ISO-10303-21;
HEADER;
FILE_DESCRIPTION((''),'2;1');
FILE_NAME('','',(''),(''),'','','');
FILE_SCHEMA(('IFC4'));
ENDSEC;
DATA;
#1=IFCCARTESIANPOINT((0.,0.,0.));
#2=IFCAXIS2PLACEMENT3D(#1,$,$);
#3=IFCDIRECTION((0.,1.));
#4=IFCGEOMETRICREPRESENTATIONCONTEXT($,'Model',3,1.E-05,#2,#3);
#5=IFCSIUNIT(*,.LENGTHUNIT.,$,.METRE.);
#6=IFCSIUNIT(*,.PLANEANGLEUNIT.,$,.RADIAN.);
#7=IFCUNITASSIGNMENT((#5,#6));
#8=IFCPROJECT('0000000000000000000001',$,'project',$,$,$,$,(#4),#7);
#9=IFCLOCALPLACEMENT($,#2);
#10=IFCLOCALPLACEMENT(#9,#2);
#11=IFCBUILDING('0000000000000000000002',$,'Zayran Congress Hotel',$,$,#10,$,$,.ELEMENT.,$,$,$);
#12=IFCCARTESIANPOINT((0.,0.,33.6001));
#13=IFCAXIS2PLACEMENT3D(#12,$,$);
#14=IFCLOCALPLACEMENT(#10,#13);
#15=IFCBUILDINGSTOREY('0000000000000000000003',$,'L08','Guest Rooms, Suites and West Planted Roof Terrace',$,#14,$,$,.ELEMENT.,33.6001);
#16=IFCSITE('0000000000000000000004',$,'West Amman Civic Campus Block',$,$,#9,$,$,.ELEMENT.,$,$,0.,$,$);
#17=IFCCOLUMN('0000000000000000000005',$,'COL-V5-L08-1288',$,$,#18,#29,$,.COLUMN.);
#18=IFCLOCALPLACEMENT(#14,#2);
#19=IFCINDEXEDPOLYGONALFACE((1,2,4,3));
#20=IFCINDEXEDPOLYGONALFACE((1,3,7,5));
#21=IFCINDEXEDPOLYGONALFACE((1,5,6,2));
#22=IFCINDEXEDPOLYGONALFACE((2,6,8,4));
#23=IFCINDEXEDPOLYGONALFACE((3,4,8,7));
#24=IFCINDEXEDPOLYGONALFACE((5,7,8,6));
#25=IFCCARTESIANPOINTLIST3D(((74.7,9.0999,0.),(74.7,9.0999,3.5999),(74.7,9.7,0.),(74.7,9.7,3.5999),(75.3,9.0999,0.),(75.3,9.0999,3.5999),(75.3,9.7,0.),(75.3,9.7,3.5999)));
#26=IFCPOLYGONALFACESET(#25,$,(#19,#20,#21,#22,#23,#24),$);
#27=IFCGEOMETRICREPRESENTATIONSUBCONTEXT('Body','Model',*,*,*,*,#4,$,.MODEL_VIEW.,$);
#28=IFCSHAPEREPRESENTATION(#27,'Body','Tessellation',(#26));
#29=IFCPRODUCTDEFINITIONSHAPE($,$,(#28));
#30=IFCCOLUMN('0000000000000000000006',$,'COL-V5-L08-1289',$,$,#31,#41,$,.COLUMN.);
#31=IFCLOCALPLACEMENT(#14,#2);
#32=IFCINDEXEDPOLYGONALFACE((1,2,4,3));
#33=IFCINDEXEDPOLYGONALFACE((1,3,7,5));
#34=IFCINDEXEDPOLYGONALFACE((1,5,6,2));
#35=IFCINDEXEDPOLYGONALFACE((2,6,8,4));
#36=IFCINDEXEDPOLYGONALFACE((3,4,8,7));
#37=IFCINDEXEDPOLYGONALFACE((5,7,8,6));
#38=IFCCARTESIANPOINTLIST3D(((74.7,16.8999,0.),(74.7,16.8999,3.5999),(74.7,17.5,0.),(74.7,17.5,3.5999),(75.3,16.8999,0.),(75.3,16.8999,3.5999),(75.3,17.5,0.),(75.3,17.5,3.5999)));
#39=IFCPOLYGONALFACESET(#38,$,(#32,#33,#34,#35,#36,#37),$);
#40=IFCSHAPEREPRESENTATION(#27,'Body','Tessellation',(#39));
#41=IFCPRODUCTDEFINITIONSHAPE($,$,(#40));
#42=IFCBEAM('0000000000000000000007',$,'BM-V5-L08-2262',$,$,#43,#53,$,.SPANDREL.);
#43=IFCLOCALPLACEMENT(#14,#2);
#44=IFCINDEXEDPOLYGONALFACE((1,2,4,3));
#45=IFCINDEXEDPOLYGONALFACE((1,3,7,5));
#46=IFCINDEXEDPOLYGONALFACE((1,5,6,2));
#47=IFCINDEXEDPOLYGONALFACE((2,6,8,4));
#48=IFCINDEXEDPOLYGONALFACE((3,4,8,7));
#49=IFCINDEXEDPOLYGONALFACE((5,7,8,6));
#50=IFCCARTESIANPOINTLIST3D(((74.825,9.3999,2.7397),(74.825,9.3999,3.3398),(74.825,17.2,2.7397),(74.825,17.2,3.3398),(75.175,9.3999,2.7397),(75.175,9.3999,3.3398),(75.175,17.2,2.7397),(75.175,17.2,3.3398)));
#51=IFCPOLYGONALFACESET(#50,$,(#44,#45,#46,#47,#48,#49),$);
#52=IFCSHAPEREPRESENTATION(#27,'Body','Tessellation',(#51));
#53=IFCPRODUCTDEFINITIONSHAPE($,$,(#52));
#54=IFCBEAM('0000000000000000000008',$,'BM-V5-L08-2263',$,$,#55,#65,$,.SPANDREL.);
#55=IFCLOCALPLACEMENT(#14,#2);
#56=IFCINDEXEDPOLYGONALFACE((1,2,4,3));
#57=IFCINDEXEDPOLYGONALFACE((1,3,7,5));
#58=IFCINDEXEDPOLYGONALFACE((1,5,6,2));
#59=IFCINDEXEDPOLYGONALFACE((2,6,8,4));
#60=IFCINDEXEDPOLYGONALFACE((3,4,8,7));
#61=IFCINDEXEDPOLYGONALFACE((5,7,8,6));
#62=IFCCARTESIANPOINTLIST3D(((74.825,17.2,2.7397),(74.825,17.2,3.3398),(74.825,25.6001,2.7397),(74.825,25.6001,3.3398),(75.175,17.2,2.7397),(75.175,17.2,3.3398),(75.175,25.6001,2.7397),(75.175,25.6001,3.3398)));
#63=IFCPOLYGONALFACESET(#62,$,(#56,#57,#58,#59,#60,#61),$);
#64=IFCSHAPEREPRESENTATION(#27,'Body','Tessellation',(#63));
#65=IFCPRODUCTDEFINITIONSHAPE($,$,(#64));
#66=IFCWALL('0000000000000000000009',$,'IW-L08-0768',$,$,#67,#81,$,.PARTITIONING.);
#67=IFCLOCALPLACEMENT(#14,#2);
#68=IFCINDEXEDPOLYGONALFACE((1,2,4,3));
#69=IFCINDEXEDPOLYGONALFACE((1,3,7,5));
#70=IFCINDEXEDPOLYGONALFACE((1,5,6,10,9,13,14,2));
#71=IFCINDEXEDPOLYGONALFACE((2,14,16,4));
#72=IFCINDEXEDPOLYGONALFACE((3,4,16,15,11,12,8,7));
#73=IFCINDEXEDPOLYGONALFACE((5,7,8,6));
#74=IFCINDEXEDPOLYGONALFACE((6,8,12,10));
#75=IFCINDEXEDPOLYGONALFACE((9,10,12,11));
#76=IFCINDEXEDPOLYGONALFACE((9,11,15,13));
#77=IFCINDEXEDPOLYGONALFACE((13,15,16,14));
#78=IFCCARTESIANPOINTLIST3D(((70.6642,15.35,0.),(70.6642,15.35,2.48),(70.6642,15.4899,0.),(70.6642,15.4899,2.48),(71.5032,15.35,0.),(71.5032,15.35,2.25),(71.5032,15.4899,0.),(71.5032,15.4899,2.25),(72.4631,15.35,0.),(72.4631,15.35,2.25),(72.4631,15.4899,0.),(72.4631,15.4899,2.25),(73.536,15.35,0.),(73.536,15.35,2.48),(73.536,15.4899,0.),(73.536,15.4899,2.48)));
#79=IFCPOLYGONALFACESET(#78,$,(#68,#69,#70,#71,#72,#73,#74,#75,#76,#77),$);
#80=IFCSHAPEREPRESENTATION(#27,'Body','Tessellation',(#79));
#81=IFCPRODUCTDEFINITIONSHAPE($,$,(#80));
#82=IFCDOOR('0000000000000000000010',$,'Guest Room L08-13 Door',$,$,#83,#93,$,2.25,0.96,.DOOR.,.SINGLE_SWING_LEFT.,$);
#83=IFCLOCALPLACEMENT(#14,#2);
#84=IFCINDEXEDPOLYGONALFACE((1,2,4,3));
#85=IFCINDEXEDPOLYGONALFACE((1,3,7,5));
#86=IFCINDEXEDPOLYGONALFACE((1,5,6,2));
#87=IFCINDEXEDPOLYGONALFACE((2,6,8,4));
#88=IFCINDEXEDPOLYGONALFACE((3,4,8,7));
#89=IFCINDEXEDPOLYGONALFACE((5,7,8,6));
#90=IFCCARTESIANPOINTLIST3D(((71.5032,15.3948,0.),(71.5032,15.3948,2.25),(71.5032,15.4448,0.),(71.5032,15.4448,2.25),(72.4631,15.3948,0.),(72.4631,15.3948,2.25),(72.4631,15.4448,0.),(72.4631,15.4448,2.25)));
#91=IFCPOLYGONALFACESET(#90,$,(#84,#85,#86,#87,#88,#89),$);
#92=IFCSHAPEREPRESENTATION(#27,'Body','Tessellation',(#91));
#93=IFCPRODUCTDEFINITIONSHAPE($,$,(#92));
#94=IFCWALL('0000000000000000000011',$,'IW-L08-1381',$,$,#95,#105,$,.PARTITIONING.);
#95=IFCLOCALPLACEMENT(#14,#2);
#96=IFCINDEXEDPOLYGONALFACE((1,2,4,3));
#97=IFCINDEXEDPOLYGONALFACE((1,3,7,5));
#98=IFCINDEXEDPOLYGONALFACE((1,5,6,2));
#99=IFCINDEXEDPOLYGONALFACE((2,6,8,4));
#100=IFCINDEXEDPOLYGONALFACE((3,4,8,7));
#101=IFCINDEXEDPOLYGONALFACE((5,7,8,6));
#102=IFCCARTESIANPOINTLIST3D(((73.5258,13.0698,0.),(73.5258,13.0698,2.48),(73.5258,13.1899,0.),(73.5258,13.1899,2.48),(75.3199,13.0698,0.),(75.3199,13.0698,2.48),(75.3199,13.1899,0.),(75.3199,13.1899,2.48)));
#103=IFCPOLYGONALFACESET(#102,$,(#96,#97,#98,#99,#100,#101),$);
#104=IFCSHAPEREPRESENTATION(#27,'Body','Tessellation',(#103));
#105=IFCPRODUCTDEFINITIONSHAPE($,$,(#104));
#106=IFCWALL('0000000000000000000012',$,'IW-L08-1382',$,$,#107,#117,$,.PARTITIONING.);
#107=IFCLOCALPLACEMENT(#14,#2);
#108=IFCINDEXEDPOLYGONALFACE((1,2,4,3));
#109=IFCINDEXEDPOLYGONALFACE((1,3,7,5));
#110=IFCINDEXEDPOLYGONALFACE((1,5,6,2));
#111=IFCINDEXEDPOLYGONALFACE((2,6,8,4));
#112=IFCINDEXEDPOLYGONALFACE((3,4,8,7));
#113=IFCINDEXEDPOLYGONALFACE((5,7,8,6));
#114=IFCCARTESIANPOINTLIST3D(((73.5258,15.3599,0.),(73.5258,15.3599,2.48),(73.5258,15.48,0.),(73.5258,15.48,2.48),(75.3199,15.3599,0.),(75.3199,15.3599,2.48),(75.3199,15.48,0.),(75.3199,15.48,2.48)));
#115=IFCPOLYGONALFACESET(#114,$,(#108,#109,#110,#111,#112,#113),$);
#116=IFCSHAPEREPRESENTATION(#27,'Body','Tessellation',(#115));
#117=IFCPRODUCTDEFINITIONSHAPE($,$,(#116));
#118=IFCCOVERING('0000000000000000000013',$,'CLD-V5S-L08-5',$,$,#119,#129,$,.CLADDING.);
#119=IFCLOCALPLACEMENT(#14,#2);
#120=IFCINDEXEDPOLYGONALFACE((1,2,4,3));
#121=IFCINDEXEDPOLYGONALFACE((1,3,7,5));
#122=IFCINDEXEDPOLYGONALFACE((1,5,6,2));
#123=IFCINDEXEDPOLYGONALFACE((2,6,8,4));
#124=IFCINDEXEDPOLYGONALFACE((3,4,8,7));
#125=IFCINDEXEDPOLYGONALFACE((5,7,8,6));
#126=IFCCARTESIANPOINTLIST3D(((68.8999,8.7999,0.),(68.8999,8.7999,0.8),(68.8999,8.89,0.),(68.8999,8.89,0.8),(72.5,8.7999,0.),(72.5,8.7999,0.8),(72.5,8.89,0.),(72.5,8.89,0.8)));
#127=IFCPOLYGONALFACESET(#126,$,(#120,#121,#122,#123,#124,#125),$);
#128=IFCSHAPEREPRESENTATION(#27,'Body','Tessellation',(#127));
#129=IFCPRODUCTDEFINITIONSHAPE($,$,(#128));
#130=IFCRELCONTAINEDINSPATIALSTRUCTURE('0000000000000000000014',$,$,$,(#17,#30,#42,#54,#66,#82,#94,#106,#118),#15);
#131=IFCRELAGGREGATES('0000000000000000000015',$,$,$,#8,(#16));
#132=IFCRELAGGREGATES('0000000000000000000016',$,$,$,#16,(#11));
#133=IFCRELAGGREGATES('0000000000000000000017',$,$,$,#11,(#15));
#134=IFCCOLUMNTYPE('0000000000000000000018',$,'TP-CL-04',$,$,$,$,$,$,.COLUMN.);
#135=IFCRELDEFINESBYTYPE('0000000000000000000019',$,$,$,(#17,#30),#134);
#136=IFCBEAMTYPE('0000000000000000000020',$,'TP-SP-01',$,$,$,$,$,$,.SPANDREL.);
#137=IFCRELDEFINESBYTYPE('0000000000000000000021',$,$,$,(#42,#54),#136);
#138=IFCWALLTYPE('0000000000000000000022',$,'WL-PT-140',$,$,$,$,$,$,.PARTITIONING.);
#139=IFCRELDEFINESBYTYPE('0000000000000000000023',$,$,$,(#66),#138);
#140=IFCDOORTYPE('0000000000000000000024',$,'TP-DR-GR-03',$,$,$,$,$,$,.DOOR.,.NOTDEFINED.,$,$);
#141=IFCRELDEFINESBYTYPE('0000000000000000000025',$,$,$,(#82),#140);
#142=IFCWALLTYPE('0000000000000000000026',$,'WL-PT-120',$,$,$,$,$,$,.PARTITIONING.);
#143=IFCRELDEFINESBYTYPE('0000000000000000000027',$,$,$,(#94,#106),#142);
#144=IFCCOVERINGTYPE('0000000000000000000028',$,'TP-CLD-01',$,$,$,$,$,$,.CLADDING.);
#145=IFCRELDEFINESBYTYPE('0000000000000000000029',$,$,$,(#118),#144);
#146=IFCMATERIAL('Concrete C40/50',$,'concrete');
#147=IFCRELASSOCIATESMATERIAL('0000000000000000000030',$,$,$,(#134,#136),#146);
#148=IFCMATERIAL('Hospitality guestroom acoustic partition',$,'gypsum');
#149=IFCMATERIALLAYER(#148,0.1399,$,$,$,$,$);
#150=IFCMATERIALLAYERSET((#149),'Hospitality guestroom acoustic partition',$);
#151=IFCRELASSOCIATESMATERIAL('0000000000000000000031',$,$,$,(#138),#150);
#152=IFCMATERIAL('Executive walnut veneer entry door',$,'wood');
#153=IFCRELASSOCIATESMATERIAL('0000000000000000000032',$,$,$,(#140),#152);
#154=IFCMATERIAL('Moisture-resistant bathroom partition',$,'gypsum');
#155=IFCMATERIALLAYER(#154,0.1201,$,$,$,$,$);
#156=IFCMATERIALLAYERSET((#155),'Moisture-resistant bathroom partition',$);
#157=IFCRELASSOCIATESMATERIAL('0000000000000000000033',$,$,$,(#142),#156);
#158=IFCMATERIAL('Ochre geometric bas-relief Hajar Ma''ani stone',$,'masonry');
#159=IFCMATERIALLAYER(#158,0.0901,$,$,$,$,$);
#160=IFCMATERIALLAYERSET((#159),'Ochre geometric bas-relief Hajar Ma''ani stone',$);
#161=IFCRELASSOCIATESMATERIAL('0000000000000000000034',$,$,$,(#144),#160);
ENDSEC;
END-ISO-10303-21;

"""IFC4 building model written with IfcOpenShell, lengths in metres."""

from ifc_helpers import new_model, si_unit, direction, frame, frame_2d, origin, origin_2d, place, context, subcontext, project, spatial, rectangle, extrude, material, layer, layer_set, material_profile, profile_set, type_object, element, fill, save


model = new_model("IFC4")

# Units and contexts
model_context = context("Model", 3, precision=1e-05, world=origin(), true_north=direction((0.0, 1.0)))
body_context = subcontext(model_context, "Body", "Model", "MODEL_VIEW")
ifc_project = project(units=[si_unit("LENGTHUNIT", "METRE"), si_unit("PLANEANGLEUNIT", "RADIAN")], contexts=[model_context])

# Site, building, storey
site_placement = place(None, origin())
site = spatial("IfcSite", under=ifc_project, at=site_placement, Name="West Amman Civic Campus Block", CompositionType="ELEMENT", RefElevation=0.0)
building_placement = place(site_placement, origin())
building = spatial("IfcBuilding", under=site, at=building_placement, Name="Zayran Congress Hotel", CompositionType="ELEMENT")
storey_placement = place(building_placement, frame((0.0, 0.0, 33.6001)))
storey = spatial("IfcBuildingStorey", under=building, at=storey_placement, Name="L08", Description="Guest Rooms, Suites and West Planted Roof Terrace", CompositionType="ELEMENT", Elevation=33.6001)

# Columns
ifc_material_1 = material(Name="Concrete C40/50", Category="concrete")
ifc_material_profile_1 = material_profile(ifc_material_1, rectangle(XDim=0.6001, YDim=0.6001, at=origin_2d()), Name="RC 600x600")
ifc_profile_set_1 = profile_set([ifc_material_profile_1], Name="Concrete C40/50")
column_type = type_object("IfcColumnType", Name="TP-CL-04", PredefinedType="COLUMN", material=ifc_profile_set_1)
for number, where, z_axis, x_axis, name in (
    (1, (75.0, 9.3999, 0.0), (0.0, 0.0, 1.0), (1.0, 0.0, 0.0), "COL-V5-L08-1288"),
    (2, (75.0, 17.2, 0.0), (0.0, 0.0, 1.0), (1.0, 0.0, 0.0), "COL-V5-L08-1289"),
):
    element("IfcColumn", number, at=place(storey_placement, frame(where, z_axis=z_axis, x_axis=x_axis)), inside=storey, type_object=column_type, Name=name, PredefinedType="COLUMN", context=body_context, shape_type="SweptSolid", body=[
        extrude(rectangle(XDim=0.6001, YDim=0.6001, at=origin_2d()), origin(), (0.0, 0.0, 1.0), 3.5999),
    ])

# Beams
ifc_material_profile_2 = material_profile(ifc_material_1, rectangle(XDim=0.3501, YDim=0.6001, at=origin_2d()), Name="RC 350x600")
ifc_profile_set_2 = profile_set([ifc_material_profile_2], Name="Concrete C40/50")
beam_type = type_object("IfcBeamType", Name="TP-SP-01", PredefinedType="SPANDREL", material=ifc_profile_set_2)
beam_1_placement = place(storey_placement, frame((75.0, 9.3999, 3.0398), z_axis=(0.0, 1.0, 0.0), x_axis=(-1.0, 0.0, 0.0)))
element("IfcBeam", 3, at=beam_1_placement, inside=storey, type_object=beam_type, Name="BM-V5-L08-2262", PredefinedType="SPANDREL", context=body_context, shape_type="SweptSolid", body=[
    extrude(rectangle(XDim=0.3501, YDim=0.6001, at=origin_2d()), origin(), (0.0, 0.0, 1.0), 7.8),
])
beam_2_placement = place(storey_placement, frame((75.0, 17.2, 3.0398), z_axis=(0.0, 1.0, 0.0), x_axis=(-1.0, 0.0, 0.0)))
element("IfcBeam", 4, at=beam_2_placement, inside=storey, type_object=beam_type, Name="BM-V5-L08-2263", PredefinedType="SPANDREL", context=body_context, shape_type="SweptSolid", body=[
    extrude(rectangle(XDim=0.3501, YDim=0.6001, at=origin_2d()), origin(), (0.0, 0.0, 1.0), 8.4001),
])

# Wall, opening, door
ifc_material_2 = material(Name="Hospitality guestroom acoustic partition", Category="gypsum")
ifc_layer_1 = layer(ifc_material_2, 0.1399)
ifc_layer_set_1 = layer_set([ifc_layer_1], Name="Hospitality guestroom acoustic partition")
wall_type_1 = type_object("IfcWallType", Name="WL-PT-140", PredefinedType="PARTITIONING", material=ifc_layer_set_1)
wall_1_placement = place(storey_placement, frame((70.6641, 15.4199, 0.0), z_axis=(0.0, 0.0, 1.0), x_axis=(1.0, 0.0, 0.0)))
wall_1 = element("IfcWall", 5, at=wall_1_placement, inside=storey, type_object=wall_type_1, Name="IW-L08-0768", PredefinedType="PARTITIONING", context=body_context, shape_type="SweptSolid", body=[
    extrude(rectangle(XDim=2.8718, YDim=0.1399, at=frame_2d((1.436, 0.0))), origin(), (0.0, 0.0, 1.0), 2.48),
])
opening_1_placement = place(wall_1_placement, frame((0.8391, 0.0, 0.0)))
opening_1 = element("IfcOpeningElement", 6, at=opening_1_placement, cuts=wall_1, PredefinedType="OPENING", context=body_context, shape_type="SweptSolid", body=[
    extrude(rectangle(XDim=0.96, YDim=2.25, at=frame_2d((0.48, 1.125))), frame((0.0, 0.0798, 0.0), z_axis=(0.0, -1.0, 0.0), x_axis=(1.0, 0.0, 0.0)), (0.0, 0.0, 1.0), 0.1599),
])
ifc_material_3 = material(Name="Executive walnut veneer entry door", Category="wood")
door_type_1 = type_object("IfcDoorType", Name="TP-DR-GR-03", OperationType="NOTDEFINED", PredefinedType="DOOR", material=ifc_material_3)
door_1_placement = place(opening_1_placement, origin())
door_1 = element("IfcDoor", 7, at=door_1_placement, inside=storey, type_object=door_type_1, Name="Guest Room L08-13 Door", OperationType="SINGLE_SWING_LEFT", OverallHeight=2.25, OverallWidth=0.96, PredefinedType="DOOR", context=body_context, shape_type="SweptSolid", body=[
    extrude(rectangle(XDim=0.96, YDim=2.25, at=frame_2d((0.48, 1.125))), frame((0.0, 0.0249, 0.0), z_axis=(0.0, -1.0, 0.0), x_axis=(1.0, 0.0, 0.0)), (0.0, 0.0, 1.0), 0.05),
])
fill(opening_1, door_1)
ifc_material_4 = material(Name="Moisture-resistant bathroom partition", Category="gypsum")
ifc_layer_2 = layer(ifc_material_4, 0.1201)
ifc_layer_set_2 = layer_set([ifc_layer_2], Name="Moisture-resistant bathroom partition")
wall_type_2 = type_object("IfcWallType", Name="WL-PT-120", PredefinedType="PARTITIONING", material=ifc_layer_set_2)

# Walls
for number, where, z_axis, x_axis, name in (
    (8, (73.5259, 13.1299, 0.0), (0.0, 0.0, 1.0), (1.0, 0.0, 0.0), "IW-L08-1381"),
    (9, (73.5259, 15.4199, 0.0), (0.0, 0.0, 1.0), (1.0, 0.0, 0.0), "IW-L08-1382"),
):
    element("IfcWall", number, at=place(storey_placement, frame(where, z_axis=z_axis, x_axis=x_axis)), inside=storey, type_object=wall_type_2, Name=name, PredefinedType="PARTITIONING", context=body_context, shape_type="SweptSolid", body=[
        extrude(rectangle(XDim=1.7942, YDim=0.1201, at=frame_2d((0.897, 0.0))), origin(), (0.0, 0.0, 1.0), 2.48),
    ])

# Covering
ifc_material_5 = material(Name="Ochre geometric bas-relief Hajar Ma'ani stone", Category="masonry")
ifc_layer_3 = layer(ifc_material_5, 0.0901)
ifc_layer_set_3 = layer_set([ifc_layer_3], Name="Ochre geometric bas-relief Hajar Ma'ani stone")
covering_type = type_object("IfcCoveringType", Name="TP-CLD-01", PredefinedType="CLADDING", material=ifc_layer_set_3)
covering_placement = place(storey_placement, frame((70.7, 8.845, 0.0), z_axis=(0.0, 0.0, 1.0), x_axis=(1.0, 0.0, 0.0)))
element("IfcCovering", 10, at=covering_placement, inside=storey, type_object=covering_type, Name="CLD-V5S-L08-5", PredefinedType="CLADDING", context=body_context, shape_type="SweptSolid", body=[
    extrude(rectangle(XDim=3.6001, YDim=0.0901, at=origin_2d()), origin(), (0.0, 0.0, 1.0), 0.8),
])

save(model, "model.ifc")
